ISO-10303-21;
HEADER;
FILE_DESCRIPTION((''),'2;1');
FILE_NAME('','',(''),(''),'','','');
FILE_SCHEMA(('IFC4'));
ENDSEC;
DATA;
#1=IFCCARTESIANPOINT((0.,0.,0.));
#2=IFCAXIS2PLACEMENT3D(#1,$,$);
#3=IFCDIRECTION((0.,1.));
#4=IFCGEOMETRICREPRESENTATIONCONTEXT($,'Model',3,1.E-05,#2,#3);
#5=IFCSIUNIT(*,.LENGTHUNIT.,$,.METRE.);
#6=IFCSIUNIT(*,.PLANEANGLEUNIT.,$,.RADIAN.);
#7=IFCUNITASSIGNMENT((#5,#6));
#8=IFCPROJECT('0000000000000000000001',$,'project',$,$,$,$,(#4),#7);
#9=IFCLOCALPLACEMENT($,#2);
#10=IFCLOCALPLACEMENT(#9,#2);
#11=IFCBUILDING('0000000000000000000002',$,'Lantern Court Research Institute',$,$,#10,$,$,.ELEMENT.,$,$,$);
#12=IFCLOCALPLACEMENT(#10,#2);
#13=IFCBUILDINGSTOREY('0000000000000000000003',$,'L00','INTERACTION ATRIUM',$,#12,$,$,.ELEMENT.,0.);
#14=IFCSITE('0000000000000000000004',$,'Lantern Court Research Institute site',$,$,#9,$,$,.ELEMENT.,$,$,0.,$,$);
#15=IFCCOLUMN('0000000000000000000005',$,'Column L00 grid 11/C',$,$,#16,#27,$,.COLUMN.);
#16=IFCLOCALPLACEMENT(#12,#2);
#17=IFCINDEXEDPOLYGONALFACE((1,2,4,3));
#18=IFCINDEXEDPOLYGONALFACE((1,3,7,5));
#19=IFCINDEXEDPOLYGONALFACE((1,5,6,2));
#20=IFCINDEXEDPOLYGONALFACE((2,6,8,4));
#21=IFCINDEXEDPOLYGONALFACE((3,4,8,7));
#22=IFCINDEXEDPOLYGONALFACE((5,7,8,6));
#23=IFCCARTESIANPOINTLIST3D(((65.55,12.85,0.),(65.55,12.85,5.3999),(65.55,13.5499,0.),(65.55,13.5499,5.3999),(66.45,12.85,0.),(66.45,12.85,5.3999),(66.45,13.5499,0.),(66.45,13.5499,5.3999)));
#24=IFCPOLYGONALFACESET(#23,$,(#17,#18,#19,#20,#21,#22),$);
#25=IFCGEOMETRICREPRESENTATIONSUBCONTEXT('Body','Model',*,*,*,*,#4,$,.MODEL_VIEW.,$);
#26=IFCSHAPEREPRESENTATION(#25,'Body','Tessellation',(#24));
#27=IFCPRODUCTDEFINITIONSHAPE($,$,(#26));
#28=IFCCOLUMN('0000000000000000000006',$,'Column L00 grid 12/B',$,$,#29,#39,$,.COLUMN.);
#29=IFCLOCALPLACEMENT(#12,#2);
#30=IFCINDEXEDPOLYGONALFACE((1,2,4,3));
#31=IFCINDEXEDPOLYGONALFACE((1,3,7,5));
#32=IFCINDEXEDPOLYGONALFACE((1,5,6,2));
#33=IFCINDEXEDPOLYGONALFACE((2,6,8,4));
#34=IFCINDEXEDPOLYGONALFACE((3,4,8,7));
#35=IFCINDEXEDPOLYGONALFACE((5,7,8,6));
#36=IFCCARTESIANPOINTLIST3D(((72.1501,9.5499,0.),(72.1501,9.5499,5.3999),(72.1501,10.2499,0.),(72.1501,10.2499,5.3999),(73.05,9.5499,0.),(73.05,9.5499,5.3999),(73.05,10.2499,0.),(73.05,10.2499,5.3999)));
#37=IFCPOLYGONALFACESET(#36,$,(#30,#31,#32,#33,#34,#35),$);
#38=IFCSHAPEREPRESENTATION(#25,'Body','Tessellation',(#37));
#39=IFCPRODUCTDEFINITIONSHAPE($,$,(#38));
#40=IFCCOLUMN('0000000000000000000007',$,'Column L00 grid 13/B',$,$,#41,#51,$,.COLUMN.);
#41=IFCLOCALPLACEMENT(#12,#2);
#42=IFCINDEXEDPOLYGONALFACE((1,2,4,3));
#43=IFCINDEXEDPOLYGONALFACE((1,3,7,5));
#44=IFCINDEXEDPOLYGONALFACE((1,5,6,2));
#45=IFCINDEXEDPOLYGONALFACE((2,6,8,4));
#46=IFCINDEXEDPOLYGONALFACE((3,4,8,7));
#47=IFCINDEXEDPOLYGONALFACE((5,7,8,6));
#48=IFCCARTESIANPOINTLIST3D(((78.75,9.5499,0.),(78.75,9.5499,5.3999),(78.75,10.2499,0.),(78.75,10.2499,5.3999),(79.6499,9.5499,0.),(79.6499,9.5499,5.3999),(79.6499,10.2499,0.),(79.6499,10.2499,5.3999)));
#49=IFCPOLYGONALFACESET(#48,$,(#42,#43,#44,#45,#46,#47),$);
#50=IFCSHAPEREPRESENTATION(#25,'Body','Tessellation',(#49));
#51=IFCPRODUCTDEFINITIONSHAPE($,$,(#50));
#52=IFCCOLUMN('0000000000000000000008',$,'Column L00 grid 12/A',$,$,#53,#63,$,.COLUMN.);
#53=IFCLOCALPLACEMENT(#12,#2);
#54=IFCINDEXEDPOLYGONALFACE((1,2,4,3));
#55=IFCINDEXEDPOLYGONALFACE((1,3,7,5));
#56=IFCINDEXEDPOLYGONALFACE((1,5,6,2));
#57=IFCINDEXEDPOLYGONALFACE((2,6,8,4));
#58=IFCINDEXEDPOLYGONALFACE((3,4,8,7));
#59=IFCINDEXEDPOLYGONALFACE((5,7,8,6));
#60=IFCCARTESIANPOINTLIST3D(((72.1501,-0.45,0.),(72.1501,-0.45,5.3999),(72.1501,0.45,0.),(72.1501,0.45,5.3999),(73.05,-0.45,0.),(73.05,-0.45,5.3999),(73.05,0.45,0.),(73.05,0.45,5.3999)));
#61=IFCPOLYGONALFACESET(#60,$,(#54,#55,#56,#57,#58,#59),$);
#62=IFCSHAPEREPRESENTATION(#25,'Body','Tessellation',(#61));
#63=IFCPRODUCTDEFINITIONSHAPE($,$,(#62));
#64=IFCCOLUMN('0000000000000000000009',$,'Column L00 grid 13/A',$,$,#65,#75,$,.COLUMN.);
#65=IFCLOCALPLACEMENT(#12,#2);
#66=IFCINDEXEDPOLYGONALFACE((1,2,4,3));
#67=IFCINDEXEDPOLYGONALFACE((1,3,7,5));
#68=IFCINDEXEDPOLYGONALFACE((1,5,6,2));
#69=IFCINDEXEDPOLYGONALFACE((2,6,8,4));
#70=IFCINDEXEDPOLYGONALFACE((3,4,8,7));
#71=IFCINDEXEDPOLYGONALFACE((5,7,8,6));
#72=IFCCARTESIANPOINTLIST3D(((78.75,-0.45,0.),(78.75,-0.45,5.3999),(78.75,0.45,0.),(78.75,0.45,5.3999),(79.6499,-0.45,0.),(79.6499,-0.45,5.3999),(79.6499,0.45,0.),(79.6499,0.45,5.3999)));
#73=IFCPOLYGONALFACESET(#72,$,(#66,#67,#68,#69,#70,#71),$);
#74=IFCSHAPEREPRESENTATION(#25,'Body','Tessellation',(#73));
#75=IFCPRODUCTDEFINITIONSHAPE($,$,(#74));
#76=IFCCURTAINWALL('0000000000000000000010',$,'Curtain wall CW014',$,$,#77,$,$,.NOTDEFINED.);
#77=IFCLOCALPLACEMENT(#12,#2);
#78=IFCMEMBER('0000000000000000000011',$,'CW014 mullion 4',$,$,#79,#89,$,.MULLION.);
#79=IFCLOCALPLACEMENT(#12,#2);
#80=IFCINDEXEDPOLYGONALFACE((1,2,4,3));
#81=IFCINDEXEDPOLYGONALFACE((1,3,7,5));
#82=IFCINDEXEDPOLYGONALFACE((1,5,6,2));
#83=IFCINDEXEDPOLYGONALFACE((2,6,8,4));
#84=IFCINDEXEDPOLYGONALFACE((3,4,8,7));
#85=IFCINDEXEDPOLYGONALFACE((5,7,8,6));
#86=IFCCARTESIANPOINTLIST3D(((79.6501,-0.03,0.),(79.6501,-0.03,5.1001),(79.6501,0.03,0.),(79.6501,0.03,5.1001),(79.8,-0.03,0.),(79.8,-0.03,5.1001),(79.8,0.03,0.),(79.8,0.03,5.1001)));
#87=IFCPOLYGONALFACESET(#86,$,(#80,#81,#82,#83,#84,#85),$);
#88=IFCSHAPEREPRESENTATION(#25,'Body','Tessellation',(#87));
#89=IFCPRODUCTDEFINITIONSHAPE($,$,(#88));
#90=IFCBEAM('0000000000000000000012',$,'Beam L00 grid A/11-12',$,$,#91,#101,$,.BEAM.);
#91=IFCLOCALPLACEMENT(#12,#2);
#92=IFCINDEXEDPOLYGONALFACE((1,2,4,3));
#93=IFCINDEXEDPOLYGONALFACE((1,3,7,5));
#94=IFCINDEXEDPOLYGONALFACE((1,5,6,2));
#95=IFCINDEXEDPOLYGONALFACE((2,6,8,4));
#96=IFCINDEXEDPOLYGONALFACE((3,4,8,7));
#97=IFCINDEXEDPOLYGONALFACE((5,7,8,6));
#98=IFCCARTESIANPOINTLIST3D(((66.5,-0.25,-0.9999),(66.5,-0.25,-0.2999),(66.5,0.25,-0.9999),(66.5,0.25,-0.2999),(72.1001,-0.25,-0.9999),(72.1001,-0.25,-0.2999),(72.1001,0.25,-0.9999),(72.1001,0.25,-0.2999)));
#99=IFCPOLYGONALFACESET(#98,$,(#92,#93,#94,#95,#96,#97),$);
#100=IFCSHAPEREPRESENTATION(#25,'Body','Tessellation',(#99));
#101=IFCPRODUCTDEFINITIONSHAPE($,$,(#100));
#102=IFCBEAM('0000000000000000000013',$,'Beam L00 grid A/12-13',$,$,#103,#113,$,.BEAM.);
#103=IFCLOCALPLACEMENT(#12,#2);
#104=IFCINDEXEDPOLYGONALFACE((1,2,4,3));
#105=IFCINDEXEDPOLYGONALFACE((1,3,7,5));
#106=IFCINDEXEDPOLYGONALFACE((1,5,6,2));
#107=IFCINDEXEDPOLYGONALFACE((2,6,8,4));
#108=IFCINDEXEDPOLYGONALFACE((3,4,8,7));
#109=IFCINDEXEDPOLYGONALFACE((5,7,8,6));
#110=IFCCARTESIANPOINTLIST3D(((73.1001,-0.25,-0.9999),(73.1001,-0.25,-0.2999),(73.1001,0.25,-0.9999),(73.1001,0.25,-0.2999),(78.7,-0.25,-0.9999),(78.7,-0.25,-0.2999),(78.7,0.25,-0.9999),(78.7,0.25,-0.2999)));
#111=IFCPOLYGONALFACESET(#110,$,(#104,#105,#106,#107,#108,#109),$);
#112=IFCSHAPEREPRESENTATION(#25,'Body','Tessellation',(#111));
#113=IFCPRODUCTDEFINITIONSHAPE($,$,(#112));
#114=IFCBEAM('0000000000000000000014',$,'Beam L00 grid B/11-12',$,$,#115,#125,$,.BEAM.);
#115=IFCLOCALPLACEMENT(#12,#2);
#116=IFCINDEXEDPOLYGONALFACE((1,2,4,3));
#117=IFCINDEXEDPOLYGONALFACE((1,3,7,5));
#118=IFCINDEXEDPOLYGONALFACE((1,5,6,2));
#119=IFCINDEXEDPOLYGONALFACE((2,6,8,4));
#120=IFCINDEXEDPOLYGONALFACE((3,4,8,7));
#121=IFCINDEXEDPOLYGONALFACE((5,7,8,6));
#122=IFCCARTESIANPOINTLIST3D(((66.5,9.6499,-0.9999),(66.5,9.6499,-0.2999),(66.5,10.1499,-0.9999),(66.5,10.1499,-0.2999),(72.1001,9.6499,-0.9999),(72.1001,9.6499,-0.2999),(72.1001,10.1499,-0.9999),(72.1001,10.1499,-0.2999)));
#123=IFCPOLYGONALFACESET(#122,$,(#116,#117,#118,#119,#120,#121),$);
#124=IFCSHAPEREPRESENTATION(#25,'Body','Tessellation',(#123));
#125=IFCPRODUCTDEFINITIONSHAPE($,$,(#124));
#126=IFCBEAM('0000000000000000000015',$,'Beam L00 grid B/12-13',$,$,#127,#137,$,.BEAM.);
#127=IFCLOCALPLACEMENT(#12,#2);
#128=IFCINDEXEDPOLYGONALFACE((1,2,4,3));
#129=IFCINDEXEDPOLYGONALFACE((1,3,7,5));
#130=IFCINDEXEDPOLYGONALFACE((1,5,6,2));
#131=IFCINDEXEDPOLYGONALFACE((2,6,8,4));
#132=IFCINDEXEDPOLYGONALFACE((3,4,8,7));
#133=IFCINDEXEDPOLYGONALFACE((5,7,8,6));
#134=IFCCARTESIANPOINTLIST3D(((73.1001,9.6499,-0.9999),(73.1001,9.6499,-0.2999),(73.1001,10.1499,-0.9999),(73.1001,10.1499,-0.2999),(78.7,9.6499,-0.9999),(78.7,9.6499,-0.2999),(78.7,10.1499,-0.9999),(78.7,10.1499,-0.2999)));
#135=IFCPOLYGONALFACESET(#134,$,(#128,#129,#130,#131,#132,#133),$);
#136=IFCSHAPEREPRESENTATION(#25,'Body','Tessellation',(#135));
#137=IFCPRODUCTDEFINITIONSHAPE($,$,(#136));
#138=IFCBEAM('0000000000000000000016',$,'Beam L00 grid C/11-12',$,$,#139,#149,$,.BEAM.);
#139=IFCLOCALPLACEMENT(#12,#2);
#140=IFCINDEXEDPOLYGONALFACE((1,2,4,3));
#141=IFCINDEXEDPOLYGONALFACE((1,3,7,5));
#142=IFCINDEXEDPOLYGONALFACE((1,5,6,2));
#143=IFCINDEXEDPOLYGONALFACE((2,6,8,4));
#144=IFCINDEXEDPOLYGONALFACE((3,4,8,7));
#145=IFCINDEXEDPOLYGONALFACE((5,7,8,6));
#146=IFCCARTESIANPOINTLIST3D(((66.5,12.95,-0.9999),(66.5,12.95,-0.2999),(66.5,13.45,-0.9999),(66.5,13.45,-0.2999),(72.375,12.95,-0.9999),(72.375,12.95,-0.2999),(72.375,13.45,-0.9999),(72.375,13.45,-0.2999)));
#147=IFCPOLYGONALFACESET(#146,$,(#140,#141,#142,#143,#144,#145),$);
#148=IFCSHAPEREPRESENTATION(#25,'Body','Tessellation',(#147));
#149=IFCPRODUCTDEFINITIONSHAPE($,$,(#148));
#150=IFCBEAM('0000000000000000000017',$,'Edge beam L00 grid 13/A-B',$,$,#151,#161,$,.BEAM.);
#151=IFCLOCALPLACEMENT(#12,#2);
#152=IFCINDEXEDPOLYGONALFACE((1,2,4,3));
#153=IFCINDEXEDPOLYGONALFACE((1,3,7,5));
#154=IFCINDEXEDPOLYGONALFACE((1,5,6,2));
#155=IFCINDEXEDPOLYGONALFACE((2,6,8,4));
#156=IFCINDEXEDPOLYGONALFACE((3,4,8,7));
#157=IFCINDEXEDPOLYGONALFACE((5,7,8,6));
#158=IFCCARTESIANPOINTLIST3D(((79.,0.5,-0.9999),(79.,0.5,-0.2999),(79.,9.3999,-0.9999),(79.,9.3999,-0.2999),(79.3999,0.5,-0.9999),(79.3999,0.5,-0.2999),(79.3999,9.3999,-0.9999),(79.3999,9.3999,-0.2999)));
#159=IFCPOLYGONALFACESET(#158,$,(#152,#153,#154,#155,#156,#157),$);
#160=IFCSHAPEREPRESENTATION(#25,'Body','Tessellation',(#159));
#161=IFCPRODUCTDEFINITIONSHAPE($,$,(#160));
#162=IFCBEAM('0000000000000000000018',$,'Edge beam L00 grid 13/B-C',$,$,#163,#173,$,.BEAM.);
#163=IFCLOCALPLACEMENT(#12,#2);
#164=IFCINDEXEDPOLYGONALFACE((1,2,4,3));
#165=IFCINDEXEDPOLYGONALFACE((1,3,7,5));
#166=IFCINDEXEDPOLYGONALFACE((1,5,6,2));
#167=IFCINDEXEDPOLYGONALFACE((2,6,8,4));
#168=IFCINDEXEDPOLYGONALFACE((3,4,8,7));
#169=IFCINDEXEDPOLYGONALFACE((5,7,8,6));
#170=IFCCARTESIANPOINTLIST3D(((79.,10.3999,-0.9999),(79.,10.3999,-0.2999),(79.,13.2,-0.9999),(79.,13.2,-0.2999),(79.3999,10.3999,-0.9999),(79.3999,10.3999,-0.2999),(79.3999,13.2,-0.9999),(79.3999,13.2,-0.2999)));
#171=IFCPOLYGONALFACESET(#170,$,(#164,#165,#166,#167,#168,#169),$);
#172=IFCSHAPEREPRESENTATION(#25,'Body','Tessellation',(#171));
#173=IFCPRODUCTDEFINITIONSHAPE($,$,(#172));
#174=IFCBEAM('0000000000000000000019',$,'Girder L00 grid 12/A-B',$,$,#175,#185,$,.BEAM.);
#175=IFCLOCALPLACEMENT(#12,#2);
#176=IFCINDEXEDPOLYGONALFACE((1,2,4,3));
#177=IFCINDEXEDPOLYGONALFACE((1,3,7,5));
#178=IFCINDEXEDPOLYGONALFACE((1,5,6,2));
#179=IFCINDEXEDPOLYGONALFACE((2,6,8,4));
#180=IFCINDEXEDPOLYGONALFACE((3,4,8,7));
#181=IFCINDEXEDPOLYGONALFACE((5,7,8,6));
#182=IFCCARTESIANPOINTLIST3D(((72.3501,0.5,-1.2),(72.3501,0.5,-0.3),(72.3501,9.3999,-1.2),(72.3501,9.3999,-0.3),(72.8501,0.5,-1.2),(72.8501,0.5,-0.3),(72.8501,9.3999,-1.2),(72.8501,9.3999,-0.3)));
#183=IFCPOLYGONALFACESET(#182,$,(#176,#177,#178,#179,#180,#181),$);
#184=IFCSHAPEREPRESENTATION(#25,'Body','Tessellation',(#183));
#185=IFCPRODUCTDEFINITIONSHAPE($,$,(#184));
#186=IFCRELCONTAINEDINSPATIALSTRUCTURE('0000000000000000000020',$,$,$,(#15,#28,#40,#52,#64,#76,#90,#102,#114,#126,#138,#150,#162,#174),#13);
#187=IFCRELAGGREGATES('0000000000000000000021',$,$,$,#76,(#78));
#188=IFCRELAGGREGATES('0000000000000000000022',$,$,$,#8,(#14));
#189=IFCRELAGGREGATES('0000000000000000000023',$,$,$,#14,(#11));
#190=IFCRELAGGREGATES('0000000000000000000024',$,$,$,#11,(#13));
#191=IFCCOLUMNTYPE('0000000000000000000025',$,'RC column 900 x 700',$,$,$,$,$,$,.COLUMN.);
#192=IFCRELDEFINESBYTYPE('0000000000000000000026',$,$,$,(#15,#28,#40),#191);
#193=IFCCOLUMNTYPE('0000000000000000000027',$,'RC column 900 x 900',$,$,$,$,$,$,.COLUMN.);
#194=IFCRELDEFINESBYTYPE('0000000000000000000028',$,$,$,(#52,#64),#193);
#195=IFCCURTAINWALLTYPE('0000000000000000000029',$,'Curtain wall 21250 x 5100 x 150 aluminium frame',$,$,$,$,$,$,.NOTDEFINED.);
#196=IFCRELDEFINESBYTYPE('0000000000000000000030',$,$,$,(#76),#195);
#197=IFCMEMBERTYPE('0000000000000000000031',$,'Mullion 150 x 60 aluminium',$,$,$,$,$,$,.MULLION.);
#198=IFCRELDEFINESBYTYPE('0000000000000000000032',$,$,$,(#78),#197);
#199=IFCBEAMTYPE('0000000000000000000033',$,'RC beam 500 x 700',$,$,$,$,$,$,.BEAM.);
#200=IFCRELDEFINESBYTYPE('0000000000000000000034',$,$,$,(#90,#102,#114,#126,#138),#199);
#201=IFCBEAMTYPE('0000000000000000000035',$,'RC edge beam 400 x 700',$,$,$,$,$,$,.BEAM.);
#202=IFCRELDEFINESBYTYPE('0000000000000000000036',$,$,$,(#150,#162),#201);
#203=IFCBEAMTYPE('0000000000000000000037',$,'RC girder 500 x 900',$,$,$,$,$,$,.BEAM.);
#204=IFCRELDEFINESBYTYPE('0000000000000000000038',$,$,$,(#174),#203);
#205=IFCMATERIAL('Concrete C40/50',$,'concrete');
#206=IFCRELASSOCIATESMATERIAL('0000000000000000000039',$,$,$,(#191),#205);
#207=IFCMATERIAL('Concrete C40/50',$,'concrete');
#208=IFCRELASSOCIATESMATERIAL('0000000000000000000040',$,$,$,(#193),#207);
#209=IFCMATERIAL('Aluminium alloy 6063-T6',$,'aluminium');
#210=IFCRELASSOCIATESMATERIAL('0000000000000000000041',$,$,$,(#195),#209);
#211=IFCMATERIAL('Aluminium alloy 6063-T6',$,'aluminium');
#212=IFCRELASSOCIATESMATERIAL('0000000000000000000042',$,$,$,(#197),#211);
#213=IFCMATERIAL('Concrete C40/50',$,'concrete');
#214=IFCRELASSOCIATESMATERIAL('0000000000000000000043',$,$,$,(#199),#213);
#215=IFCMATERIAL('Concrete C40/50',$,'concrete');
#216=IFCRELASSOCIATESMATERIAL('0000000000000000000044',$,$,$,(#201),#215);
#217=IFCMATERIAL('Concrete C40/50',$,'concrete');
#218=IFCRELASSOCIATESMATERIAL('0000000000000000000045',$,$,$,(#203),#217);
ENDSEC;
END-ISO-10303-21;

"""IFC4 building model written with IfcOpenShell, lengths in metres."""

from ifc_helpers import new_model, si_unit, direction, frame, origin, origin_2d, place, context, subcontext, project, spatial, rectangle, extrude, material, material_profile, profile_set, type_object, element, aggregate, save


model = new_model("IFC4")

# Units and contexts
model_context = context("Model", 3, precision=1e-05, world=origin(), true_north=direction((0.0, 1.0)))
body_context = subcontext(model_context, "Body", "Model", "MODEL_VIEW")
ifc_project = project(units=[si_unit("LENGTHUNIT", "METRE"), si_unit("PLANEANGLEUNIT", "RADIAN")], contexts=[model_context])

# Site, building, storey
site_placement = place(None, origin())
site = spatial("IfcSite", under=ifc_project, at=site_placement, Name="Lantern Court Research Institute site", CompositionType="ELEMENT", RefElevation=0.0)
building_placement = place(site_placement, origin())
building = spatial("IfcBuilding", under=site, at=building_placement, Name="Lantern Court Research Institute", CompositionType="ELEMENT")
storey_placement = place(building_placement, origin())
storey = spatial("IfcBuildingStorey", under=building, at=storey_placement, Name="L00", Description="INTERACTION ATRIUM", CompositionType="ELEMENT", Elevation=0.0)

# Columns
ifc_material_1 = material(Name="Concrete C40/50", Category="concrete")
ifc_material_profile_1 = material_profile(ifc_material_1, rectangle(XDim=0.8999, YDim=0.7, at=origin_2d()), Name="RC column 900 x 700")
ifc_profile_set_1 = profile_set([ifc_material_profile_1], Name="Concrete C40/50")
column_type_1 = type_object("IfcColumnType", Name="RC column 900 x 700", PredefinedType="COLUMN", material=ifc_profile_set_1)
for number, where, z_axis, x_axis, name in (
    (1, (66.0, 13.2, 0.0), (0.0, 0.0, 1.0), (1.0, 0.0, 0.0), "Column L00 grid 11/C"),
    (2, (72.6001, 9.8999, 0.0), (0.0, 0.0, 1.0), (1.0, 0.0, 0.0), "Column L00 grid 12/B"),
    (3, (79.2, 9.8999, 0.0), (0.0, 0.0, 1.0), (1.0, 0.0, 0.0), "Column L00 grid 13/B"),
):
    element("IfcColumn", number, at=place(storey_placement, frame(where, z_axis=z_axis, x_axis=x_axis)), inside=storey, type_object=column_type_1, Name=name, PredefinedType="COLUMN", context=body_context, shape_type="SweptSolid", body=[
        extrude(rectangle(XDim=0.8999, YDim=0.7, at=origin_2d()), origin(), (0.0, 0.0, 1.0), 5.3999),
    ])
ifc_material_2 = material(Name="Concrete C40/50", Category="concrete")
ifc_material_profile_2 = material_profile(ifc_material_2, rectangle(XDim=0.8999, YDim=0.8999, at=origin_2d()), Name="RC column 900 x 900")
ifc_profile_set_2 = profile_set([ifc_material_profile_2], Name="Concrete C40/50")
column_type_2 = type_object("IfcColumnType", Name="RC column 900 x 900", PredefinedType="COLUMN", material=ifc_profile_set_2)
for number, where, z_axis, x_axis, name in (
    (4, (72.6001, 0.0, 0.0), (0.0, 0.0, 1.0), (1.0, 0.0, 0.0), "Column L00 grid 12/A"),
    (5, (79.2, 0.0, 0.0), (0.0, 0.0, 1.0), (1.0, 0.0, 0.0), "Column L00 grid 13/A"),
):
    element("IfcColumn", number, at=place(storey_placement, frame(where, z_axis=z_axis, x_axis=x_axis)), inside=storey, type_object=column_type_2, Name=name, PredefinedType="COLUMN", context=body_context, shape_type="SweptSolid", body=[
        extrude(rectangle(XDim=0.8999, YDim=0.8999, at=origin_2d()), origin(), (0.0, 0.0, 1.0), 5.3999),
    ])

# Curtain wall, member
ifc_material_3 = material(Name="Aluminium alloy 6063-T6", Category="aluminium")
curtain_wall_type = type_object("IfcCurtainWallType", Name="Curtain wall 21250 x 5100 x 150 aluminium frame", PredefinedType="NOTDEFINED", material=ifc_material_3)
curtain_wall_placement = place(storey_placement, origin())
curtain_wall = element("IfcCurtainWall", 6, at=curtain_wall_placement, inside=storey, type_object=curtain_wall_type, Name="Curtain wall CW014", PredefinedType="NOTDEFINED")
ifc_material_4 = material(Name="Aluminium alloy 6063-T6", Category="aluminium")
ifc_material_profile_3 = material_profile(ifc_material_4, rectangle(XDim=0.1499, YDim=0.0601, at=origin_2d()), Name="Mullion 150 x 60")
ifc_profile_set_3 = profile_set([ifc_material_profile_3], Name="Aluminium alloy 6063-T6")
member_type_1 = type_object("IfcMemberType", Name="Mullion 150 x 60 aluminium", PredefinedType="MULLION", material=ifc_profile_set_3)
member_1_placement = place(storey_placement, frame((79.7251, 0.0, 0.0), z_axis=(0.0, 0.0, 1.0), x_axis=(1.0, 0.0, 0.0)))
member_1 = element("IfcMember", 7, at=member_1_placement, type_object=member_type_1, Name="CW014 mullion 4", PredefinedType="MULLION", context=body_context, shape_type="SweptSolid", body=[
    extrude(rectangle(XDim=0.1499, YDim=0.0601, at=origin_2d()), origin(), (0.0, 0.0, 1.0), 5.1001),
])

# Beams
ifc_material_5 = material(Name="Concrete C40/50", Category="concrete")
ifc_material_profile_4 = material_profile(ifc_material_5, rectangle(XDim=0.5, YDim=0.7, at=origin_2d()), Name="RC beam 500 x 700")
ifc_profile_set_4 = profile_set([ifc_material_profile_4], Name="Concrete C40/50")
beam_type_1 = type_object("IfcBeamType", Name="RC beam 500 x 700", PredefinedType="BEAM", material=ifc_profile_set_4)
beam_1_placement = place(storey_placement, frame((66.5, 0.0, -0.6499), z_axis=(1.0, 0.0, 0.0), x_axis=(0.0, 1.0, 0.0)))
element("IfcBeam", 8, at=beam_1_placement, inside=storey, type_object=beam_type_1, Name="Beam L00 grid A/11-12", PredefinedType="BEAM", context=body_context, shape_type="SweptSolid", body=[
    extrude(rectangle(XDim=0.5, YDim=0.7, at=origin_2d()), origin(), (0.0, 0.0, 1.0), 5.6001),
])
beam_2_placement = place(storey_placement, frame((73.1001, 0.0, -0.6499), z_axis=(1.0, 0.0, 0.0), x_axis=(0.0, 1.0, 0.0)))
element("IfcBeam", 9, at=beam_2_placement, inside=storey, type_object=beam_type_1, Name="Beam L00 grid A/12-13", PredefinedType="BEAM", context=body_context, shape_type="SweptSolid", body=[
    extrude(rectangle(XDim=0.5, YDim=0.7, at=origin_2d()), origin(), (0.0, 0.0, 1.0), 5.5999),
])
beam_3_placement = place(storey_placement, frame((66.5, 9.8999, -0.6499), z_axis=(1.0, 0.0, 0.0), x_axis=(0.0, 1.0, 0.0)))
element("IfcBeam", 10, at=beam_3_placement, inside=storey, type_object=beam_type_1, Name="Beam L00 grid B/11-12", PredefinedType="BEAM", context=body_context, shape_type="SweptSolid", body=[
    extrude(rectangle(XDim=0.5, YDim=0.7, at=origin_2d()), origin(), (0.0, 0.0, 1.0), 5.6001),
])
beam_4_placement = place(storey_placement, frame((73.1001, 9.8999, -0.6499), z_axis=(1.0, 0.0, 0.0), x_axis=(0.0, 1.0, 0.0)))
element("IfcBeam", 11, at=beam_4_placement, inside=storey, type_object=beam_type_1, Name="Beam L00 grid B/12-13", PredefinedType="BEAM", context=body_context, shape_type="SweptSolid", body=[
    extrude(rectangle(XDim=0.5, YDim=0.7, at=origin_2d()), origin(), (0.0, 0.0, 1.0), 5.5999),
])
beam_5_placement = place(storey_placement, frame((66.5, 13.2, -0.6499), z_axis=(1.0, 0.0, 0.0), x_axis=(0.0, 1.0, 0.0)))
element("IfcBeam", 12, at=beam_5_placement, inside=storey, type_object=beam_type_1, Name="Beam L00 grid C/11-12", PredefinedType="BEAM", context=body_context, shape_type="SweptSolid", body=[
    extrude(rectangle(XDim=0.5, YDim=0.7, at=origin_2d()), origin(), (0.0, 0.0, 1.0), 5.875),
])
ifc_material_6 = material(Name="Concrete C40/50", Category="concrete")
ifc_material_profile_5 = material_profile(ifc_material_6, rectangle(XDim=0.3999, YDim=0.7, at=origin_2d()), Name="RC beam 400 x 700")
ifc_profile_set_5 = profile_set([ifc_material_profile_5], Name="Concrete C40/50")
beam_type_2 = type_object("IfcBeamType", Name="RC edge beam 400 x 700", PredefinedType="BEAM", material=ifc_profile_set_5)
beam_6_placement = place(storey_placement, frame((79.2, 0.5, -0.6499), z_axis=(0.0, 1.0, 0.0), x_axis=(-1.0, 0.0, 0.0)))
element("IfcBeam", 13, at=beam_6_placement, inside=storey, type_object=beam_type_2, Name="Edge beam L00 grid 13/A-B", PredefinedType="BEAM", context=body_context, shape_type="SweptSolid", body=[
    extrude(rectangle(XDim=0.3999, YDim=0.7, at=origin_2d()), origin(), (0.0, 0.0, 1.0), 8.8999),
])
beam_7_placement = place(storey_placement, frame((79.2, 10.3999, -0.6499), z_axis=(0.0, 1.0, 0.0), x_axis=(-1.0, 0.0, 0.0)))
element("IfcBeam", 14, at=beam_7_placement, inside=storey, type_object=beam_type_2, Name="Edge beam L00 grid 13/B-C", PredefinedType="BEAM", context=body_context, shape_type="SweptSolid", body=[
    extrude(rectangle(XDim=0.3999, YDim=0.7, at=origin_2d()), origin(), (0.0, 0.0, 1.0), 2.8),
])
ifc_material_7 = material(Name="Concrete C40/50", Category="concrete")
ifc_material_profile_6 = material_profile(ifc_material_7, rectangle(XDim=0.5, YDim=0.8999, at=origin_2d()), Name="RC beam 500 x 900")
ifc_profile_set_6 = profile_set([ifc_material_profile_6], Name="Concrete C40/50")
beam_type_3 = type_object("IfcBeamType", Name="RC girder 500 x 900", PredefinedType="BEAM", material=ifc_profile_set_6)
beam_8_placement = place(storey_placement, frame((72.6001, 0.5, -0.75), z_axis=(0.0, 1.0, 0.0), x_axis=(-1.0, 0.0, 0.0)))
element("IfcBeam", 15, at=beam_8_placement, inside=storey, type_object=beam_type_3, Name="Girder L00 grid 12/A-B", PredefinedType="BEAM", context=body_context, shape_type="SweptSolid", body=[
    extrude(rectangle(XDim=0.5, YDim=0.8999, at=origin_2d()), origin(), (0.0, 0.0, 1.0), 8.8999),
])

aggregate(curtain_wall, [member_1])

save(model, "model.ifc")
